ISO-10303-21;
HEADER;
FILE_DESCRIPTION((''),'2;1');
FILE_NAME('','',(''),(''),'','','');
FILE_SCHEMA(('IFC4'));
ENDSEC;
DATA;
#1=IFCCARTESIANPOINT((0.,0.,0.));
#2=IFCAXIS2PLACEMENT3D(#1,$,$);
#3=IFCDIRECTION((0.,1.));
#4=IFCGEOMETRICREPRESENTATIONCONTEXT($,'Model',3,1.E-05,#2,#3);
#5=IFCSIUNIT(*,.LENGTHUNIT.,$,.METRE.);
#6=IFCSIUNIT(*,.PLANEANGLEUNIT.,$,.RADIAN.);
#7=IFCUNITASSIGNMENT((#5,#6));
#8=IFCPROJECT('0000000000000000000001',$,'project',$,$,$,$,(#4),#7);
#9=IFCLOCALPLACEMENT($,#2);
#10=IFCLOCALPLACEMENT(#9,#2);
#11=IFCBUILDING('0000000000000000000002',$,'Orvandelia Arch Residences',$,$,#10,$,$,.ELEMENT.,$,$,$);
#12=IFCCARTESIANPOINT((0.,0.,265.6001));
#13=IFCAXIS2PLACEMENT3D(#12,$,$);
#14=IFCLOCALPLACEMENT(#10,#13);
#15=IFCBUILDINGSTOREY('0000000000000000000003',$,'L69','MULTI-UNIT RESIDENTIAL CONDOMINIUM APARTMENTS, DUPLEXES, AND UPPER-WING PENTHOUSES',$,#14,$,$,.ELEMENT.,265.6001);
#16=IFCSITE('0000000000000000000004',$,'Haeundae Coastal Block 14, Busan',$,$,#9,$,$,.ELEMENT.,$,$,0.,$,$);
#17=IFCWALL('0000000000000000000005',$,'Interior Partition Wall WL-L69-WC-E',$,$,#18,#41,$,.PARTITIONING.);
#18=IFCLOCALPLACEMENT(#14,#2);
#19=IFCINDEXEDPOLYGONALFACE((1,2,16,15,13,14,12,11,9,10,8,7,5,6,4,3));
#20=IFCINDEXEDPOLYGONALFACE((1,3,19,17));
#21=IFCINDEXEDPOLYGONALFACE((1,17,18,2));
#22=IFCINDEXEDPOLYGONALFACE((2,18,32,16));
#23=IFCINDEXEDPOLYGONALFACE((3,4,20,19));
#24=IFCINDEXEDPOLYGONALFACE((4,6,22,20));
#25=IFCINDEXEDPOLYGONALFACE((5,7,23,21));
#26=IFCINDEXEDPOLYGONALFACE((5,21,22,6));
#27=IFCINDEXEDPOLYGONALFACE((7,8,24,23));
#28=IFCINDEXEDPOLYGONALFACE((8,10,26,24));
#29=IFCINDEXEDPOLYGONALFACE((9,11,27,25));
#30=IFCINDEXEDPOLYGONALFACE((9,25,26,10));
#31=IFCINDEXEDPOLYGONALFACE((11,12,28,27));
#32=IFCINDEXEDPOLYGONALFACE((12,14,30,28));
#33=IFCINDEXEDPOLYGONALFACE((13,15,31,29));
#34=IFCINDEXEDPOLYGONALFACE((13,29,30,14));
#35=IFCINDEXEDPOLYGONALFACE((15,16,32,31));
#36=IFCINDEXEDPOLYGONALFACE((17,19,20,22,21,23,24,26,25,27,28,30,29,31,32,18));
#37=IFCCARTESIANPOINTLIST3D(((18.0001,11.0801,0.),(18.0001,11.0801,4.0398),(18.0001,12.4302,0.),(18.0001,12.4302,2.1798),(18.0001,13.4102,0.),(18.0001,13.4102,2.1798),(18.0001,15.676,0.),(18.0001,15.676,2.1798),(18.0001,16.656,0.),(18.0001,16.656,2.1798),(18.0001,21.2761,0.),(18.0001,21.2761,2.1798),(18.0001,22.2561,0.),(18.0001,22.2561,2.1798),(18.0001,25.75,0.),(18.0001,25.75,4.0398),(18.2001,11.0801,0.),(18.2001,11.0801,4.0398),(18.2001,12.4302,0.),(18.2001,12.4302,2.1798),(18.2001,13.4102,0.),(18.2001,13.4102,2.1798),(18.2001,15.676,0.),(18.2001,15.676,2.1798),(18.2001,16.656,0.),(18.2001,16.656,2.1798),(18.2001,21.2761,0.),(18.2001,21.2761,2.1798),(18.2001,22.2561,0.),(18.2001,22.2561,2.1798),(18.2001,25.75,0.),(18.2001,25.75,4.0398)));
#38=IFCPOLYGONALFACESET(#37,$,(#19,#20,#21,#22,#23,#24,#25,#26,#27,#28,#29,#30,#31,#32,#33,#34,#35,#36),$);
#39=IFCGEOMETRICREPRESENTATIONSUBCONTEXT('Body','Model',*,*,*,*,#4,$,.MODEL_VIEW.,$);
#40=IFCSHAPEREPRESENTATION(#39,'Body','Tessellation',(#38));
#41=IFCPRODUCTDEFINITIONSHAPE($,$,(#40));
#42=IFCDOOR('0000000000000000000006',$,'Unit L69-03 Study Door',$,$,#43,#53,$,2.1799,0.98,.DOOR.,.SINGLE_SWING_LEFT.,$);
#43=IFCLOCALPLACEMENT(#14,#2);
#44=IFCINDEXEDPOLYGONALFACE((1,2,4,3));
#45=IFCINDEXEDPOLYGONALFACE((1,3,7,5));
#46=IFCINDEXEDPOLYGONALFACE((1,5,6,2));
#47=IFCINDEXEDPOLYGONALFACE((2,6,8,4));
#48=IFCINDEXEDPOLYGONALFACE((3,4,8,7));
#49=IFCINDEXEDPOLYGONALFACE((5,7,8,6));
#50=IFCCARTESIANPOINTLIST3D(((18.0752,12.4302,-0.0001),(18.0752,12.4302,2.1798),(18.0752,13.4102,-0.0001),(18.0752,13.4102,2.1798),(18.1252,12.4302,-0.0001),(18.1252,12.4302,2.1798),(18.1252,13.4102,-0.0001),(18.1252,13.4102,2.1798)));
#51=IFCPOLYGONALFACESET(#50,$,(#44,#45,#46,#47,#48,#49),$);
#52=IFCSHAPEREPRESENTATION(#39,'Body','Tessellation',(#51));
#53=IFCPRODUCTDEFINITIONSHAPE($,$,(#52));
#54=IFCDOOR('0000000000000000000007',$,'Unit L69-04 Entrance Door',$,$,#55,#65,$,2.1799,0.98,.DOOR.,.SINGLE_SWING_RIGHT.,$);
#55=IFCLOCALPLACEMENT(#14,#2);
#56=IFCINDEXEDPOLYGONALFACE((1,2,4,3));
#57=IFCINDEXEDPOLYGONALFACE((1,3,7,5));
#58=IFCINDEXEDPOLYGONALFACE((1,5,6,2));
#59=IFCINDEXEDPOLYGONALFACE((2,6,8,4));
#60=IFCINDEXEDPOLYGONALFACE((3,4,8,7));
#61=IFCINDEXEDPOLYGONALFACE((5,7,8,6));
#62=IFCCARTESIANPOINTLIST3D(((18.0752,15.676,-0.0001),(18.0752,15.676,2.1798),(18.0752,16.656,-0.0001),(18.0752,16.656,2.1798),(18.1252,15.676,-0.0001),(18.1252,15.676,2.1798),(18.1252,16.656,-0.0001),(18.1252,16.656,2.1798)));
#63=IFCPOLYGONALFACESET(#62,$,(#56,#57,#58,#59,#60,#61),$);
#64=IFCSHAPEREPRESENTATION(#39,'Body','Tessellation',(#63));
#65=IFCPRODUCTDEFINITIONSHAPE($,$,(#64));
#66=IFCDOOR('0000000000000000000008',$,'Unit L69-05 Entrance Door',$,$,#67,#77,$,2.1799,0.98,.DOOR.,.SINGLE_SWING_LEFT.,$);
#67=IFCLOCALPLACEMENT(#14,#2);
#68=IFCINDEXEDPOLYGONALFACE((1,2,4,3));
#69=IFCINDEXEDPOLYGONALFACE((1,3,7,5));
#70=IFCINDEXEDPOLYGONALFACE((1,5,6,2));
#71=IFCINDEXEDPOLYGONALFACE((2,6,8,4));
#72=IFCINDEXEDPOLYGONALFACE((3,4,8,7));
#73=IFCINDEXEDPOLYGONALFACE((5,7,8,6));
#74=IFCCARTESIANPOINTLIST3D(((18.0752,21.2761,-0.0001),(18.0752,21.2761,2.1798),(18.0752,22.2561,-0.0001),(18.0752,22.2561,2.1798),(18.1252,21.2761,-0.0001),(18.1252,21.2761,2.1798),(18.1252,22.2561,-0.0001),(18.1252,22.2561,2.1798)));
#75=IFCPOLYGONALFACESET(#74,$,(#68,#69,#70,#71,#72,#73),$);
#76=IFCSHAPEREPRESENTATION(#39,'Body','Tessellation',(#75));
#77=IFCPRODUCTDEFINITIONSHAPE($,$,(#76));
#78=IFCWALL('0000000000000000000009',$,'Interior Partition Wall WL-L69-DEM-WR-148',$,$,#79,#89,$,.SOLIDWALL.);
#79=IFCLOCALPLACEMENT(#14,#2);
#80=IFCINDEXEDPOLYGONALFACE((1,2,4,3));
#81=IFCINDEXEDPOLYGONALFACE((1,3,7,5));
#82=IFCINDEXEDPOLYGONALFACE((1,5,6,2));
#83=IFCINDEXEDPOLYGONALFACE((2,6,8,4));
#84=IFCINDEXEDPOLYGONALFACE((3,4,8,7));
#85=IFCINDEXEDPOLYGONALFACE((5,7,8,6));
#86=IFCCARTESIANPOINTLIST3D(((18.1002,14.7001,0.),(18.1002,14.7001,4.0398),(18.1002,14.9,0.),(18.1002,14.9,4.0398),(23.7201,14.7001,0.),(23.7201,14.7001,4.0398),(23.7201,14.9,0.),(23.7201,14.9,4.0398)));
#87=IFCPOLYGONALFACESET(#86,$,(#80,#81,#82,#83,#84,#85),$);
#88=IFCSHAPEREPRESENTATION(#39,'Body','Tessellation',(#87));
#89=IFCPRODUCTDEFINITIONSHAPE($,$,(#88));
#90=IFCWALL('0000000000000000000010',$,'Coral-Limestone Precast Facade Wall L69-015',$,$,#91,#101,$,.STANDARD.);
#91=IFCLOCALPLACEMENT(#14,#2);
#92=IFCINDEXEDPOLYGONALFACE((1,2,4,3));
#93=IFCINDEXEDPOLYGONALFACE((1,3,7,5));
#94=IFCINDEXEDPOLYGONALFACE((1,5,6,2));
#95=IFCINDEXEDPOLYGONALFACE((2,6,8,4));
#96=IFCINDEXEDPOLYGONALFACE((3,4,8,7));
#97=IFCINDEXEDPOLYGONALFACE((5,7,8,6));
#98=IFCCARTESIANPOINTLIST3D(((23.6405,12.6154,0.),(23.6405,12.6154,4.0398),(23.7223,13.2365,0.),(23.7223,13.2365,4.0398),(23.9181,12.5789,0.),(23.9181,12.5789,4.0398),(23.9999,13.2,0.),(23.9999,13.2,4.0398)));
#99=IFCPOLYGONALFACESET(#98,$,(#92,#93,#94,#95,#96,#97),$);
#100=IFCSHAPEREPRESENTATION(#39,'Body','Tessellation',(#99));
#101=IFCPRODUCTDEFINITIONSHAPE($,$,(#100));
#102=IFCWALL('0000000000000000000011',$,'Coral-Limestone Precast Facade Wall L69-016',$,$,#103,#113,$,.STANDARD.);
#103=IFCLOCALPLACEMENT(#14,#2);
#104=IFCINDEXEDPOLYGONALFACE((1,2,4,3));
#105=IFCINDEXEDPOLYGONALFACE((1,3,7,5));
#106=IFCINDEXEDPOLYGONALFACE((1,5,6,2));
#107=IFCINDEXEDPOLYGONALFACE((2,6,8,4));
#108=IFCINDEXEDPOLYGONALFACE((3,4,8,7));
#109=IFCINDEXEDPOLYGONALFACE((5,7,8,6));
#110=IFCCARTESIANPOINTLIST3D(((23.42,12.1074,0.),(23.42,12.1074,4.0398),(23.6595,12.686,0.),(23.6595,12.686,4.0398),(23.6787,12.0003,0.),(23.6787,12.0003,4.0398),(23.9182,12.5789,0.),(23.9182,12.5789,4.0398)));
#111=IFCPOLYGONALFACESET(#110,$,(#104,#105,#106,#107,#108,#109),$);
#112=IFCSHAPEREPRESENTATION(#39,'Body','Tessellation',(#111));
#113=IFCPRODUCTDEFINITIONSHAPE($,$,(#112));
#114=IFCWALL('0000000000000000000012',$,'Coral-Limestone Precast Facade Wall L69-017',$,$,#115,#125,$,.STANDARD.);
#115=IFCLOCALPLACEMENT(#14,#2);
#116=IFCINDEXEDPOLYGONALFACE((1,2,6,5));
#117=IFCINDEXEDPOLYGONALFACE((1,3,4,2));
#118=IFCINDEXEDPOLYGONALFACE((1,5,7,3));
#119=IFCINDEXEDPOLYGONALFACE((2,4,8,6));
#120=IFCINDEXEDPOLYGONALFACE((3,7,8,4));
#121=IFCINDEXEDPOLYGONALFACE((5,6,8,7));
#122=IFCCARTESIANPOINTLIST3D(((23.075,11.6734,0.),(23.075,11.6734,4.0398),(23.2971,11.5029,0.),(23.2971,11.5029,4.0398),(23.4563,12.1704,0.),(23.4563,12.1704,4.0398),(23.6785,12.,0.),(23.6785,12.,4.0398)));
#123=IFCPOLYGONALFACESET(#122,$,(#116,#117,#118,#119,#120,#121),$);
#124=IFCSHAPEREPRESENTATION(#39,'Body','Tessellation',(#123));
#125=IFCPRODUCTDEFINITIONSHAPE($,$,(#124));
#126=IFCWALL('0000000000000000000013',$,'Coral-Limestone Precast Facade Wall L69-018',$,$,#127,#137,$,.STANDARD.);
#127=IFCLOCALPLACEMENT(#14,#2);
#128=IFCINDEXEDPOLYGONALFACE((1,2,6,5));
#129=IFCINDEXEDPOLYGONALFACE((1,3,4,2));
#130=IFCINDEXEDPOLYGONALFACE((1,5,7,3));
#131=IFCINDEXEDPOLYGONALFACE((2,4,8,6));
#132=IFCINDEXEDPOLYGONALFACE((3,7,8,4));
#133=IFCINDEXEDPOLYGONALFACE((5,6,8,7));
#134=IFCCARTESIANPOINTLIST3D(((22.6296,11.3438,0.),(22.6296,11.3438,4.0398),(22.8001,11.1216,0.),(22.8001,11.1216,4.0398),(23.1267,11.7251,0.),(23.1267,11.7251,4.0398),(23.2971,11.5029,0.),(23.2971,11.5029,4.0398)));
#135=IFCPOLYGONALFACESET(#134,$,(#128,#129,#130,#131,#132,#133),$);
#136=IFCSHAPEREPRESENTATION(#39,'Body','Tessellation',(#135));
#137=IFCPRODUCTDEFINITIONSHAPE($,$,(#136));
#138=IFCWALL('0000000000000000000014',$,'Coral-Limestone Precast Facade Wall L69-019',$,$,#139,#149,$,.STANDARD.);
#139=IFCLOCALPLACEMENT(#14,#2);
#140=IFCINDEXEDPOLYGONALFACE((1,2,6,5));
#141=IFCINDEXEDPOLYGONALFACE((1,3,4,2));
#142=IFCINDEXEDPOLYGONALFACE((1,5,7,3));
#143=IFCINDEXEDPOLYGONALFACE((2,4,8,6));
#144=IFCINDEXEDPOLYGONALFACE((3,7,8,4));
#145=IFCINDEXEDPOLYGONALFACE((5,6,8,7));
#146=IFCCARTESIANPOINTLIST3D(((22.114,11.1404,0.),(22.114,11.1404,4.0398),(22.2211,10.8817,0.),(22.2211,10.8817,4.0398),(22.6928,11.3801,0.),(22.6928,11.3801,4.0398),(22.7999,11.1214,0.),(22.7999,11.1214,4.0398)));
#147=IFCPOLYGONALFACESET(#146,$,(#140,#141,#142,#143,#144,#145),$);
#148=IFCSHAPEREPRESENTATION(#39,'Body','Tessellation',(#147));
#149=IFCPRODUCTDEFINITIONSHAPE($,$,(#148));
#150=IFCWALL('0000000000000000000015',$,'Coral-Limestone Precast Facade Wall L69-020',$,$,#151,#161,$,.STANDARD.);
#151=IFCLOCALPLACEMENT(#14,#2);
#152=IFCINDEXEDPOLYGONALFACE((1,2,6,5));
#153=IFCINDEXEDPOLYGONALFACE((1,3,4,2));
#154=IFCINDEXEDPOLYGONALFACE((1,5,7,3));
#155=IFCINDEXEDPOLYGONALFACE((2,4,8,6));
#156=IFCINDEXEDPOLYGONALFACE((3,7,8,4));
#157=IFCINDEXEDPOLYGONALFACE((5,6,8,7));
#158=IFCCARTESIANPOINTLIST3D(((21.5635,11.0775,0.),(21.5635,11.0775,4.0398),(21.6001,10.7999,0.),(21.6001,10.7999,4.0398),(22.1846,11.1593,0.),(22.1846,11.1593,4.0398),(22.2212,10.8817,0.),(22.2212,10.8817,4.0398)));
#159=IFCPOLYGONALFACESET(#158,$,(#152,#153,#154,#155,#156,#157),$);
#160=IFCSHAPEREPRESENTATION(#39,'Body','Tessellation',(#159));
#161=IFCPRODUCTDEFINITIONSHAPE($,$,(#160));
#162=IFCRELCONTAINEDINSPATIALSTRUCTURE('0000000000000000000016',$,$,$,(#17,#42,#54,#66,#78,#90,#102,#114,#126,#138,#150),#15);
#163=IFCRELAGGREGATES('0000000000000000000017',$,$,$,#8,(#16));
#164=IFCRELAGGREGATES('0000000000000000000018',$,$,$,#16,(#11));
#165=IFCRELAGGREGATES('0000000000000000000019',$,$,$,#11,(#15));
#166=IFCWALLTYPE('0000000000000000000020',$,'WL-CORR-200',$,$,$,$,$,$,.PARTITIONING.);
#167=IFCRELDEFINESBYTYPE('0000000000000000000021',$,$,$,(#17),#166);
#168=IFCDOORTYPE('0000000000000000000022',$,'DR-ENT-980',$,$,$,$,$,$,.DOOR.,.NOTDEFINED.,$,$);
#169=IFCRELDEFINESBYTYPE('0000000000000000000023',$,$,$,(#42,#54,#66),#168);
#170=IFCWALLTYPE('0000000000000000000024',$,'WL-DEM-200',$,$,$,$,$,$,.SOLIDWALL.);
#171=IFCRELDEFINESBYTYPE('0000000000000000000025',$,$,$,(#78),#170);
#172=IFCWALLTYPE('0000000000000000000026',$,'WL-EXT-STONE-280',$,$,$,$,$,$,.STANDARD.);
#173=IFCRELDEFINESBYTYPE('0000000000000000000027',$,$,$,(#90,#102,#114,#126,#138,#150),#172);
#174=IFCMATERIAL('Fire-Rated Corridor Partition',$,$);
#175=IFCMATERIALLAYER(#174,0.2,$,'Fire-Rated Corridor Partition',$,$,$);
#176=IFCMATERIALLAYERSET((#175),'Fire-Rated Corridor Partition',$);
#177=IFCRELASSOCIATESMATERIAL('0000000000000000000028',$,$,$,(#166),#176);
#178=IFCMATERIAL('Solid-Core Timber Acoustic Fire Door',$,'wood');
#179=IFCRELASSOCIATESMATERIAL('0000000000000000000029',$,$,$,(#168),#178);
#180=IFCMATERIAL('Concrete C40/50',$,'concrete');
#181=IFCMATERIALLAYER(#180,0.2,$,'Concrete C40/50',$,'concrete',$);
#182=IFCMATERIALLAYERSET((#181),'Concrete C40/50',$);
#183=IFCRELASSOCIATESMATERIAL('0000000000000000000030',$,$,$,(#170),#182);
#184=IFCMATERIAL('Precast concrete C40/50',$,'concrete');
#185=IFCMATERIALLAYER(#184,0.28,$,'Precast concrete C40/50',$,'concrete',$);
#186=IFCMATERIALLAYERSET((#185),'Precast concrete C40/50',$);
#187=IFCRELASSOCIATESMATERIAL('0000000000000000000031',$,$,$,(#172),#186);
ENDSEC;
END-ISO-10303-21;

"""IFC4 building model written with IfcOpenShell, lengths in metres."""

from ifc_helpers import new_model, si_unit, direction, frame, frame_2d, origin, place, context, subcontext, project, spatial, rectangle, extrude, material, layer, layer_set, type_object, element, fill, save


model = new_model("IFC4")

# Units and contexts
model_context = context("Model", 3, precision=1e-05, world=origin(), true_north=direction((0.0, 1.0)))
body_context = subcontext(model_context, "Body", "Model", "MODEL_VIEW")
ifc_project = project(units=[si_unit("LENGTHUNIT", "METRE"), si_unit("PLANEANGLEUNIT", "RADIAN")], contexts=[model_context])

# Site, building, storey
site_placement = place(None, origin())
site = spatial("IfcSite", under=ifc_project, at=site_placement, Name="Haeundae Coastal Block 14, Busan", CompositionType="ELEMENT", RefElevation=0.0)
building_placement = place(site_placement, origin())
building = spatial("IfcBuilding", under=site, at=building_placement, Name="Orvandelia Arch Residences", CompositionType="ELEMENT")
storey_placement = place(building_placement, frame((0.0, 0.0, 265.6001)))
storey = spatial("IfcBuildingStorey", under=building, at=storey_placement, Name="L69", Description="MULTI-UNIT RESIDENTIAL CONDOMINIUM APARTMENTS, DUPLEXES, AND UPPER-WING PENTHOUSES", CompositionType="ELEMENT", Elevation=265.6001)

# Wall, openings, doors
ifc_material_1 = material(Name="Fire-Rated Corridor Partition")
ifc_layer_1 = layer(ifc_material_1, 0.2, Name="Fire-Rated Corridor Partition")
ifc_layer_set_1 = layer_set([ifc_layer_1], Name="Fire-Rated Corridor Partition")
wall_type_1 = type_object("IfcWallType", Name="WL-CORR-200", PredefinedType="PARTITIONING", material=ifc_layer_set_1)
ifc_material_2 = material(Name="Solid-Core Timber Acoustic Fire Door", Category="wood")
door_type = type_object("IfcDoorType", Name="DR-ENT-980", OperationType="NOTDEFINED", PredefinedType="DOOR", material=ifc_material_2)
wall_1_placement = place(storey_placement, frame((18.1001, 11.0801, 0.0), z_axis=(0.0, 0.0, 1.0), x_axis=(0.0, 1.0, 0.0)))
wall_1 = element("IfcWall", 1, at=wall_1_placement, inside=storey, type_object=wall_type_1, Name="Interior Partition Wall WL-L69-WC-E", PredefinedType="PARTITIONING", context=body_context, shape_type="SweptSolid", body=[
    extrude(rectangle(XDim=14.6699, YDim=0.2, at=frame_2d((7.335, 0.0))), origin(), (0.0, 0.0, 1.0), 4.0398),
])
opening_1_placement = place(wall_1_placement, frame((1.3501, 0.0, 0.0)))
opening_1 = element("IfcOpeningElement", 2, at=opening_1_placement, cuts=wall_1, PredefinedType="OPENING", context=body_context, shape_type="SweptSolid", body=[
    extrude(rectangle(XDim=0.98, YDim=2.1799, at=frame_2d((0.49, 1.0898))), frame((0.0, 0.1099, 0.0), z_axis=(0.0, -1.0, 0.0), x_axis=(1.0, 0.0, 0.0)), (0.0, 0.0, 1.0), 0.22),
])
opening_2_placement = place(wall_1_placement, frame((4.5959, 0.0, 0.0)))
opening_2 = element("IfcOpeningElement", 3, at=opening_2_placement, cuts=wall_1, PredefinedType="OPENING", context=body_context, shape_type="SweptSolid", body=[
    extrude(rectangle(XDim=0.98, YDim=2.1799, at=frame_2d((0.49, 1.0898))), frame((0.0, 0.1099, 0.0), z_axis=(0.0, -1.0, 0.0), x_axis=(1.0, 0.0, 0.0)), (0.0, 0.0, 1.0), 0.22),
])
opening_3_placement = place(wall_1_placement, frame((10.196, 0.0, 0.0)))
opening_3 = element("IfcOpeningElement", 4, at=opening_3_placement, cuts=wall_1, PredefinedType="OPENING", context=body_context, shape_type="SweptSolid", body=[
    extrude(rectangle(XDim=0.98, YDim=2.1799, at=frame_2d((0.49, 1.0898))), frame((0.0, 0.1099, 0.0), z_axis=(0.0, -1.0, 0.0), x_axis=(1.0, 0.0, 0.0)), (0.0, 0.0, 1.0), 0.22),
])
door_1_placement = place(opening_1_placement, origin())
door_1 = element("IfcDoor", 5, at=door_1_placement, inside=storey, type_object=door_type, Name="Unit L69-03 Study Door", OperationType="SINGLE_SWING_LEFT", OverallHeight=2.1799, OverallWidth=0.98, PredefinedType="DOOR", context=body_context, shape_type="SweptSolid", body=[
    extrude(rectangle(XDim=0.98, YDim=2.1799, at=frame_2d((0.49, 1.0898))), frame((0.0, 0.0249, 0.0), z_axis=(0.0, -1.0, 0.0), x_axis=(1.0, 0.0, 0.0)), (0.0, 0.0, 1.0), 0.05),
])
fill(opening_1, door_1)
door_2_placement = place(opening_2_placement, origin())
door_2 = element("IfcDoor", 6, at=door_2_placement, inside=storey, type_object=door_type, Name="Unit L69-04 Entrance Door", OperationType="SINGLE_SWING_RIGHT", OverallHeight=2.1799, OverallWidth=0.98, PredefinedType="DOOR", context=body_context, shape_type="SweptSolid", body=[
    extrude(rectangle(XDim=0.98, YDim=2.1799, at=frame_2d((0.49, 1.0898))), frame((0.0, 0.0249, 0.0), z_axis=(0.0, -1.0, 0.0), x_axis=(1.0, 0.0, 0.0)), (0.0, 0.0, 1.0), 0.05),
])
fill(opening_2, door_2)
door_3_placement = place(opening_3_placement, origin())
door_3 = element("IfcDoor", 7, at=door_3_placement, inside=storey, type_object=door_type, Name="Unit L69-05 Entrance Door", OperationType="SINGLE_SWING_LEFT", OverallHeight=2.1799, OverallWidth=0.98, PredefinedType="DOOR", context=body_context, shape_type="SweptSolid", body=[
    extrude(rectangle(XDim=0.98, YDim=2.1799, at=frame_2d((0.49, 1.0898))), frame((0.0, 0.0249, 0.0), z_axis=(0.0, -1.0, 0.0), x_axis=(1.0, 0.0, 0.0)), (0.0, 0.0, 1.0), 0.05),
])
fill(opening_3, door_3)

# Walls
ifc_material_3 = material(Name="Concrete C40/50", Category="concrete")
ifc_layer_2 = layer(ifc_material_3, 0.2, Name="Concrete C40/50", Category="concrete")
ifc_layer_set_2 = layer_set([ifc_layer_2], Name="Concrete C40/50")
wall_type_2 = type_object("IfcWallType", Name="WL-DEM-200", PredefinedType="SOLIDWALL", material=ifc_layer_set_2)
wall_2_placement = place(storey_placement, frame((18.1001, 14.8, 0.0), z_axis=(0.0, 0.0, 1.0), x_axis=(1.0, 0.0, 0.0)))
element("IfcWall", 8, at=wall_2_placement, inside=storey, type_object=wall_type_2, Name="Interior Partition Wall WL-L69-DEM-WR-148", PredefinedType="SOLIDWALL", context=body_context, shape_type="SweptSolid", body=[
    extrude(rectangle(XDim=5.6199, YDim=0.2, at=frame_2d((2.8101, 0.0))), origin(), (0.0, 0.0, 1.0), 4.0398),
])
ifc_material_4 = material(Name="Precast concrete C40/50", Category="concrete")
ifc_layer_3 = layer(ifc_material_4, 0.28, Name="Precast concrete C40/50", Category="concrete")
ifc_layer_set_3 = layer_set([ifc_layer_3], Name="Precast concrete C40/50")
wall_type_3 = type_object("IfcWallType", Name="WL-EXT-STONE-280", PredefinedType="STANDARD", material=ifc_layer_set_3)
wall_3_placement = place(storey_placement, frame((23.8611, 13.2183, 0.0), z_axis=(0.0, 0.0, 1.0), x_axis=(-0.130555, -0.991441, 0.0)))
element("IfcWall", 9, at=wall_3_placement, inside=storey, type_object=wall_type_3, Name="Coral-Limestone Precast Facade Wall L69-015", PredefinedType="STANDARD", context=body_context, shape_type="SweptSolid", body=[
    extrude(rectangle(XDim=0.6265, YDim=0.28, at=frame_2d((0.3132, 0.0))), origin(), (0.0, 0.0, 1.0), 4.0398),
])
wall_4_placement = place(storey_placement, frame((23.7888, 12.6323, 0.0), z_axis=(0.0, 0.0, 1.0), x_axis=(-0.382455, -0.923974, 0.0)))
element("IfcWall", 10, at=wall_4_placement, inside=storey, type_object=wall_type_3, Name="Coral-Limestone Precast Facade Wall L69-016", PredefinedType="STANDARD", context=body_context, shape_type="SweptSolid", body=[
    extrude(rectangle(XDim=0.6262, YDim=0.28, at=frame_2d((0.313, 0.0))), origin(), (0.0, 0.0, 1.0), 4.0398),
])
for number, where, z_axis, x_axis, name in (
    (11, (23.5674, 12.0852, 0.0), (0.0, 0.0, 1.0), (-0.608693, -0.793406, 0.0), "Coral-Limestone Precast Facade Wall L69-017"),
    (12, (23.2119, 11.614, 0.0), (0.0, 0.0, 1.0), (-0.793406, -0.608693, 0.0), "Coral-Limestone Precast Facade Wall L69-018"),
    (13, (22.7463, 11.2507, 0.0), (0.0, 0.0, 1.0), (-0.923893, -0.38265, 0.0), "Coral-Limestone Precast Facade Wall L69-019"),
    (14, (22.2029, 11.0205, 0.0), (0.0, 0.0, 1.0), (-0.991441, -0.130555, 0.0), "Coral-Limestone Precast Facade Wall L69-020"),
):
    element("IfcWall", number, at=place(storey_placement, frame(where, z_axis=z_axis, x_axis=x_axis)), inside=storey, type_object=wall_type_3, Name=name, PredefinedType="STANDARD", context=body_context, shape_type="SweptSolid", body=[
        extrude(rectangle(XDim=0.6265, YDim=0.28, at=frame_2d((0.3132, 0.0))), origin(), (0.0, 0.0, 1.0), 4.0398),
    ])

save(model, "model.ifc")
